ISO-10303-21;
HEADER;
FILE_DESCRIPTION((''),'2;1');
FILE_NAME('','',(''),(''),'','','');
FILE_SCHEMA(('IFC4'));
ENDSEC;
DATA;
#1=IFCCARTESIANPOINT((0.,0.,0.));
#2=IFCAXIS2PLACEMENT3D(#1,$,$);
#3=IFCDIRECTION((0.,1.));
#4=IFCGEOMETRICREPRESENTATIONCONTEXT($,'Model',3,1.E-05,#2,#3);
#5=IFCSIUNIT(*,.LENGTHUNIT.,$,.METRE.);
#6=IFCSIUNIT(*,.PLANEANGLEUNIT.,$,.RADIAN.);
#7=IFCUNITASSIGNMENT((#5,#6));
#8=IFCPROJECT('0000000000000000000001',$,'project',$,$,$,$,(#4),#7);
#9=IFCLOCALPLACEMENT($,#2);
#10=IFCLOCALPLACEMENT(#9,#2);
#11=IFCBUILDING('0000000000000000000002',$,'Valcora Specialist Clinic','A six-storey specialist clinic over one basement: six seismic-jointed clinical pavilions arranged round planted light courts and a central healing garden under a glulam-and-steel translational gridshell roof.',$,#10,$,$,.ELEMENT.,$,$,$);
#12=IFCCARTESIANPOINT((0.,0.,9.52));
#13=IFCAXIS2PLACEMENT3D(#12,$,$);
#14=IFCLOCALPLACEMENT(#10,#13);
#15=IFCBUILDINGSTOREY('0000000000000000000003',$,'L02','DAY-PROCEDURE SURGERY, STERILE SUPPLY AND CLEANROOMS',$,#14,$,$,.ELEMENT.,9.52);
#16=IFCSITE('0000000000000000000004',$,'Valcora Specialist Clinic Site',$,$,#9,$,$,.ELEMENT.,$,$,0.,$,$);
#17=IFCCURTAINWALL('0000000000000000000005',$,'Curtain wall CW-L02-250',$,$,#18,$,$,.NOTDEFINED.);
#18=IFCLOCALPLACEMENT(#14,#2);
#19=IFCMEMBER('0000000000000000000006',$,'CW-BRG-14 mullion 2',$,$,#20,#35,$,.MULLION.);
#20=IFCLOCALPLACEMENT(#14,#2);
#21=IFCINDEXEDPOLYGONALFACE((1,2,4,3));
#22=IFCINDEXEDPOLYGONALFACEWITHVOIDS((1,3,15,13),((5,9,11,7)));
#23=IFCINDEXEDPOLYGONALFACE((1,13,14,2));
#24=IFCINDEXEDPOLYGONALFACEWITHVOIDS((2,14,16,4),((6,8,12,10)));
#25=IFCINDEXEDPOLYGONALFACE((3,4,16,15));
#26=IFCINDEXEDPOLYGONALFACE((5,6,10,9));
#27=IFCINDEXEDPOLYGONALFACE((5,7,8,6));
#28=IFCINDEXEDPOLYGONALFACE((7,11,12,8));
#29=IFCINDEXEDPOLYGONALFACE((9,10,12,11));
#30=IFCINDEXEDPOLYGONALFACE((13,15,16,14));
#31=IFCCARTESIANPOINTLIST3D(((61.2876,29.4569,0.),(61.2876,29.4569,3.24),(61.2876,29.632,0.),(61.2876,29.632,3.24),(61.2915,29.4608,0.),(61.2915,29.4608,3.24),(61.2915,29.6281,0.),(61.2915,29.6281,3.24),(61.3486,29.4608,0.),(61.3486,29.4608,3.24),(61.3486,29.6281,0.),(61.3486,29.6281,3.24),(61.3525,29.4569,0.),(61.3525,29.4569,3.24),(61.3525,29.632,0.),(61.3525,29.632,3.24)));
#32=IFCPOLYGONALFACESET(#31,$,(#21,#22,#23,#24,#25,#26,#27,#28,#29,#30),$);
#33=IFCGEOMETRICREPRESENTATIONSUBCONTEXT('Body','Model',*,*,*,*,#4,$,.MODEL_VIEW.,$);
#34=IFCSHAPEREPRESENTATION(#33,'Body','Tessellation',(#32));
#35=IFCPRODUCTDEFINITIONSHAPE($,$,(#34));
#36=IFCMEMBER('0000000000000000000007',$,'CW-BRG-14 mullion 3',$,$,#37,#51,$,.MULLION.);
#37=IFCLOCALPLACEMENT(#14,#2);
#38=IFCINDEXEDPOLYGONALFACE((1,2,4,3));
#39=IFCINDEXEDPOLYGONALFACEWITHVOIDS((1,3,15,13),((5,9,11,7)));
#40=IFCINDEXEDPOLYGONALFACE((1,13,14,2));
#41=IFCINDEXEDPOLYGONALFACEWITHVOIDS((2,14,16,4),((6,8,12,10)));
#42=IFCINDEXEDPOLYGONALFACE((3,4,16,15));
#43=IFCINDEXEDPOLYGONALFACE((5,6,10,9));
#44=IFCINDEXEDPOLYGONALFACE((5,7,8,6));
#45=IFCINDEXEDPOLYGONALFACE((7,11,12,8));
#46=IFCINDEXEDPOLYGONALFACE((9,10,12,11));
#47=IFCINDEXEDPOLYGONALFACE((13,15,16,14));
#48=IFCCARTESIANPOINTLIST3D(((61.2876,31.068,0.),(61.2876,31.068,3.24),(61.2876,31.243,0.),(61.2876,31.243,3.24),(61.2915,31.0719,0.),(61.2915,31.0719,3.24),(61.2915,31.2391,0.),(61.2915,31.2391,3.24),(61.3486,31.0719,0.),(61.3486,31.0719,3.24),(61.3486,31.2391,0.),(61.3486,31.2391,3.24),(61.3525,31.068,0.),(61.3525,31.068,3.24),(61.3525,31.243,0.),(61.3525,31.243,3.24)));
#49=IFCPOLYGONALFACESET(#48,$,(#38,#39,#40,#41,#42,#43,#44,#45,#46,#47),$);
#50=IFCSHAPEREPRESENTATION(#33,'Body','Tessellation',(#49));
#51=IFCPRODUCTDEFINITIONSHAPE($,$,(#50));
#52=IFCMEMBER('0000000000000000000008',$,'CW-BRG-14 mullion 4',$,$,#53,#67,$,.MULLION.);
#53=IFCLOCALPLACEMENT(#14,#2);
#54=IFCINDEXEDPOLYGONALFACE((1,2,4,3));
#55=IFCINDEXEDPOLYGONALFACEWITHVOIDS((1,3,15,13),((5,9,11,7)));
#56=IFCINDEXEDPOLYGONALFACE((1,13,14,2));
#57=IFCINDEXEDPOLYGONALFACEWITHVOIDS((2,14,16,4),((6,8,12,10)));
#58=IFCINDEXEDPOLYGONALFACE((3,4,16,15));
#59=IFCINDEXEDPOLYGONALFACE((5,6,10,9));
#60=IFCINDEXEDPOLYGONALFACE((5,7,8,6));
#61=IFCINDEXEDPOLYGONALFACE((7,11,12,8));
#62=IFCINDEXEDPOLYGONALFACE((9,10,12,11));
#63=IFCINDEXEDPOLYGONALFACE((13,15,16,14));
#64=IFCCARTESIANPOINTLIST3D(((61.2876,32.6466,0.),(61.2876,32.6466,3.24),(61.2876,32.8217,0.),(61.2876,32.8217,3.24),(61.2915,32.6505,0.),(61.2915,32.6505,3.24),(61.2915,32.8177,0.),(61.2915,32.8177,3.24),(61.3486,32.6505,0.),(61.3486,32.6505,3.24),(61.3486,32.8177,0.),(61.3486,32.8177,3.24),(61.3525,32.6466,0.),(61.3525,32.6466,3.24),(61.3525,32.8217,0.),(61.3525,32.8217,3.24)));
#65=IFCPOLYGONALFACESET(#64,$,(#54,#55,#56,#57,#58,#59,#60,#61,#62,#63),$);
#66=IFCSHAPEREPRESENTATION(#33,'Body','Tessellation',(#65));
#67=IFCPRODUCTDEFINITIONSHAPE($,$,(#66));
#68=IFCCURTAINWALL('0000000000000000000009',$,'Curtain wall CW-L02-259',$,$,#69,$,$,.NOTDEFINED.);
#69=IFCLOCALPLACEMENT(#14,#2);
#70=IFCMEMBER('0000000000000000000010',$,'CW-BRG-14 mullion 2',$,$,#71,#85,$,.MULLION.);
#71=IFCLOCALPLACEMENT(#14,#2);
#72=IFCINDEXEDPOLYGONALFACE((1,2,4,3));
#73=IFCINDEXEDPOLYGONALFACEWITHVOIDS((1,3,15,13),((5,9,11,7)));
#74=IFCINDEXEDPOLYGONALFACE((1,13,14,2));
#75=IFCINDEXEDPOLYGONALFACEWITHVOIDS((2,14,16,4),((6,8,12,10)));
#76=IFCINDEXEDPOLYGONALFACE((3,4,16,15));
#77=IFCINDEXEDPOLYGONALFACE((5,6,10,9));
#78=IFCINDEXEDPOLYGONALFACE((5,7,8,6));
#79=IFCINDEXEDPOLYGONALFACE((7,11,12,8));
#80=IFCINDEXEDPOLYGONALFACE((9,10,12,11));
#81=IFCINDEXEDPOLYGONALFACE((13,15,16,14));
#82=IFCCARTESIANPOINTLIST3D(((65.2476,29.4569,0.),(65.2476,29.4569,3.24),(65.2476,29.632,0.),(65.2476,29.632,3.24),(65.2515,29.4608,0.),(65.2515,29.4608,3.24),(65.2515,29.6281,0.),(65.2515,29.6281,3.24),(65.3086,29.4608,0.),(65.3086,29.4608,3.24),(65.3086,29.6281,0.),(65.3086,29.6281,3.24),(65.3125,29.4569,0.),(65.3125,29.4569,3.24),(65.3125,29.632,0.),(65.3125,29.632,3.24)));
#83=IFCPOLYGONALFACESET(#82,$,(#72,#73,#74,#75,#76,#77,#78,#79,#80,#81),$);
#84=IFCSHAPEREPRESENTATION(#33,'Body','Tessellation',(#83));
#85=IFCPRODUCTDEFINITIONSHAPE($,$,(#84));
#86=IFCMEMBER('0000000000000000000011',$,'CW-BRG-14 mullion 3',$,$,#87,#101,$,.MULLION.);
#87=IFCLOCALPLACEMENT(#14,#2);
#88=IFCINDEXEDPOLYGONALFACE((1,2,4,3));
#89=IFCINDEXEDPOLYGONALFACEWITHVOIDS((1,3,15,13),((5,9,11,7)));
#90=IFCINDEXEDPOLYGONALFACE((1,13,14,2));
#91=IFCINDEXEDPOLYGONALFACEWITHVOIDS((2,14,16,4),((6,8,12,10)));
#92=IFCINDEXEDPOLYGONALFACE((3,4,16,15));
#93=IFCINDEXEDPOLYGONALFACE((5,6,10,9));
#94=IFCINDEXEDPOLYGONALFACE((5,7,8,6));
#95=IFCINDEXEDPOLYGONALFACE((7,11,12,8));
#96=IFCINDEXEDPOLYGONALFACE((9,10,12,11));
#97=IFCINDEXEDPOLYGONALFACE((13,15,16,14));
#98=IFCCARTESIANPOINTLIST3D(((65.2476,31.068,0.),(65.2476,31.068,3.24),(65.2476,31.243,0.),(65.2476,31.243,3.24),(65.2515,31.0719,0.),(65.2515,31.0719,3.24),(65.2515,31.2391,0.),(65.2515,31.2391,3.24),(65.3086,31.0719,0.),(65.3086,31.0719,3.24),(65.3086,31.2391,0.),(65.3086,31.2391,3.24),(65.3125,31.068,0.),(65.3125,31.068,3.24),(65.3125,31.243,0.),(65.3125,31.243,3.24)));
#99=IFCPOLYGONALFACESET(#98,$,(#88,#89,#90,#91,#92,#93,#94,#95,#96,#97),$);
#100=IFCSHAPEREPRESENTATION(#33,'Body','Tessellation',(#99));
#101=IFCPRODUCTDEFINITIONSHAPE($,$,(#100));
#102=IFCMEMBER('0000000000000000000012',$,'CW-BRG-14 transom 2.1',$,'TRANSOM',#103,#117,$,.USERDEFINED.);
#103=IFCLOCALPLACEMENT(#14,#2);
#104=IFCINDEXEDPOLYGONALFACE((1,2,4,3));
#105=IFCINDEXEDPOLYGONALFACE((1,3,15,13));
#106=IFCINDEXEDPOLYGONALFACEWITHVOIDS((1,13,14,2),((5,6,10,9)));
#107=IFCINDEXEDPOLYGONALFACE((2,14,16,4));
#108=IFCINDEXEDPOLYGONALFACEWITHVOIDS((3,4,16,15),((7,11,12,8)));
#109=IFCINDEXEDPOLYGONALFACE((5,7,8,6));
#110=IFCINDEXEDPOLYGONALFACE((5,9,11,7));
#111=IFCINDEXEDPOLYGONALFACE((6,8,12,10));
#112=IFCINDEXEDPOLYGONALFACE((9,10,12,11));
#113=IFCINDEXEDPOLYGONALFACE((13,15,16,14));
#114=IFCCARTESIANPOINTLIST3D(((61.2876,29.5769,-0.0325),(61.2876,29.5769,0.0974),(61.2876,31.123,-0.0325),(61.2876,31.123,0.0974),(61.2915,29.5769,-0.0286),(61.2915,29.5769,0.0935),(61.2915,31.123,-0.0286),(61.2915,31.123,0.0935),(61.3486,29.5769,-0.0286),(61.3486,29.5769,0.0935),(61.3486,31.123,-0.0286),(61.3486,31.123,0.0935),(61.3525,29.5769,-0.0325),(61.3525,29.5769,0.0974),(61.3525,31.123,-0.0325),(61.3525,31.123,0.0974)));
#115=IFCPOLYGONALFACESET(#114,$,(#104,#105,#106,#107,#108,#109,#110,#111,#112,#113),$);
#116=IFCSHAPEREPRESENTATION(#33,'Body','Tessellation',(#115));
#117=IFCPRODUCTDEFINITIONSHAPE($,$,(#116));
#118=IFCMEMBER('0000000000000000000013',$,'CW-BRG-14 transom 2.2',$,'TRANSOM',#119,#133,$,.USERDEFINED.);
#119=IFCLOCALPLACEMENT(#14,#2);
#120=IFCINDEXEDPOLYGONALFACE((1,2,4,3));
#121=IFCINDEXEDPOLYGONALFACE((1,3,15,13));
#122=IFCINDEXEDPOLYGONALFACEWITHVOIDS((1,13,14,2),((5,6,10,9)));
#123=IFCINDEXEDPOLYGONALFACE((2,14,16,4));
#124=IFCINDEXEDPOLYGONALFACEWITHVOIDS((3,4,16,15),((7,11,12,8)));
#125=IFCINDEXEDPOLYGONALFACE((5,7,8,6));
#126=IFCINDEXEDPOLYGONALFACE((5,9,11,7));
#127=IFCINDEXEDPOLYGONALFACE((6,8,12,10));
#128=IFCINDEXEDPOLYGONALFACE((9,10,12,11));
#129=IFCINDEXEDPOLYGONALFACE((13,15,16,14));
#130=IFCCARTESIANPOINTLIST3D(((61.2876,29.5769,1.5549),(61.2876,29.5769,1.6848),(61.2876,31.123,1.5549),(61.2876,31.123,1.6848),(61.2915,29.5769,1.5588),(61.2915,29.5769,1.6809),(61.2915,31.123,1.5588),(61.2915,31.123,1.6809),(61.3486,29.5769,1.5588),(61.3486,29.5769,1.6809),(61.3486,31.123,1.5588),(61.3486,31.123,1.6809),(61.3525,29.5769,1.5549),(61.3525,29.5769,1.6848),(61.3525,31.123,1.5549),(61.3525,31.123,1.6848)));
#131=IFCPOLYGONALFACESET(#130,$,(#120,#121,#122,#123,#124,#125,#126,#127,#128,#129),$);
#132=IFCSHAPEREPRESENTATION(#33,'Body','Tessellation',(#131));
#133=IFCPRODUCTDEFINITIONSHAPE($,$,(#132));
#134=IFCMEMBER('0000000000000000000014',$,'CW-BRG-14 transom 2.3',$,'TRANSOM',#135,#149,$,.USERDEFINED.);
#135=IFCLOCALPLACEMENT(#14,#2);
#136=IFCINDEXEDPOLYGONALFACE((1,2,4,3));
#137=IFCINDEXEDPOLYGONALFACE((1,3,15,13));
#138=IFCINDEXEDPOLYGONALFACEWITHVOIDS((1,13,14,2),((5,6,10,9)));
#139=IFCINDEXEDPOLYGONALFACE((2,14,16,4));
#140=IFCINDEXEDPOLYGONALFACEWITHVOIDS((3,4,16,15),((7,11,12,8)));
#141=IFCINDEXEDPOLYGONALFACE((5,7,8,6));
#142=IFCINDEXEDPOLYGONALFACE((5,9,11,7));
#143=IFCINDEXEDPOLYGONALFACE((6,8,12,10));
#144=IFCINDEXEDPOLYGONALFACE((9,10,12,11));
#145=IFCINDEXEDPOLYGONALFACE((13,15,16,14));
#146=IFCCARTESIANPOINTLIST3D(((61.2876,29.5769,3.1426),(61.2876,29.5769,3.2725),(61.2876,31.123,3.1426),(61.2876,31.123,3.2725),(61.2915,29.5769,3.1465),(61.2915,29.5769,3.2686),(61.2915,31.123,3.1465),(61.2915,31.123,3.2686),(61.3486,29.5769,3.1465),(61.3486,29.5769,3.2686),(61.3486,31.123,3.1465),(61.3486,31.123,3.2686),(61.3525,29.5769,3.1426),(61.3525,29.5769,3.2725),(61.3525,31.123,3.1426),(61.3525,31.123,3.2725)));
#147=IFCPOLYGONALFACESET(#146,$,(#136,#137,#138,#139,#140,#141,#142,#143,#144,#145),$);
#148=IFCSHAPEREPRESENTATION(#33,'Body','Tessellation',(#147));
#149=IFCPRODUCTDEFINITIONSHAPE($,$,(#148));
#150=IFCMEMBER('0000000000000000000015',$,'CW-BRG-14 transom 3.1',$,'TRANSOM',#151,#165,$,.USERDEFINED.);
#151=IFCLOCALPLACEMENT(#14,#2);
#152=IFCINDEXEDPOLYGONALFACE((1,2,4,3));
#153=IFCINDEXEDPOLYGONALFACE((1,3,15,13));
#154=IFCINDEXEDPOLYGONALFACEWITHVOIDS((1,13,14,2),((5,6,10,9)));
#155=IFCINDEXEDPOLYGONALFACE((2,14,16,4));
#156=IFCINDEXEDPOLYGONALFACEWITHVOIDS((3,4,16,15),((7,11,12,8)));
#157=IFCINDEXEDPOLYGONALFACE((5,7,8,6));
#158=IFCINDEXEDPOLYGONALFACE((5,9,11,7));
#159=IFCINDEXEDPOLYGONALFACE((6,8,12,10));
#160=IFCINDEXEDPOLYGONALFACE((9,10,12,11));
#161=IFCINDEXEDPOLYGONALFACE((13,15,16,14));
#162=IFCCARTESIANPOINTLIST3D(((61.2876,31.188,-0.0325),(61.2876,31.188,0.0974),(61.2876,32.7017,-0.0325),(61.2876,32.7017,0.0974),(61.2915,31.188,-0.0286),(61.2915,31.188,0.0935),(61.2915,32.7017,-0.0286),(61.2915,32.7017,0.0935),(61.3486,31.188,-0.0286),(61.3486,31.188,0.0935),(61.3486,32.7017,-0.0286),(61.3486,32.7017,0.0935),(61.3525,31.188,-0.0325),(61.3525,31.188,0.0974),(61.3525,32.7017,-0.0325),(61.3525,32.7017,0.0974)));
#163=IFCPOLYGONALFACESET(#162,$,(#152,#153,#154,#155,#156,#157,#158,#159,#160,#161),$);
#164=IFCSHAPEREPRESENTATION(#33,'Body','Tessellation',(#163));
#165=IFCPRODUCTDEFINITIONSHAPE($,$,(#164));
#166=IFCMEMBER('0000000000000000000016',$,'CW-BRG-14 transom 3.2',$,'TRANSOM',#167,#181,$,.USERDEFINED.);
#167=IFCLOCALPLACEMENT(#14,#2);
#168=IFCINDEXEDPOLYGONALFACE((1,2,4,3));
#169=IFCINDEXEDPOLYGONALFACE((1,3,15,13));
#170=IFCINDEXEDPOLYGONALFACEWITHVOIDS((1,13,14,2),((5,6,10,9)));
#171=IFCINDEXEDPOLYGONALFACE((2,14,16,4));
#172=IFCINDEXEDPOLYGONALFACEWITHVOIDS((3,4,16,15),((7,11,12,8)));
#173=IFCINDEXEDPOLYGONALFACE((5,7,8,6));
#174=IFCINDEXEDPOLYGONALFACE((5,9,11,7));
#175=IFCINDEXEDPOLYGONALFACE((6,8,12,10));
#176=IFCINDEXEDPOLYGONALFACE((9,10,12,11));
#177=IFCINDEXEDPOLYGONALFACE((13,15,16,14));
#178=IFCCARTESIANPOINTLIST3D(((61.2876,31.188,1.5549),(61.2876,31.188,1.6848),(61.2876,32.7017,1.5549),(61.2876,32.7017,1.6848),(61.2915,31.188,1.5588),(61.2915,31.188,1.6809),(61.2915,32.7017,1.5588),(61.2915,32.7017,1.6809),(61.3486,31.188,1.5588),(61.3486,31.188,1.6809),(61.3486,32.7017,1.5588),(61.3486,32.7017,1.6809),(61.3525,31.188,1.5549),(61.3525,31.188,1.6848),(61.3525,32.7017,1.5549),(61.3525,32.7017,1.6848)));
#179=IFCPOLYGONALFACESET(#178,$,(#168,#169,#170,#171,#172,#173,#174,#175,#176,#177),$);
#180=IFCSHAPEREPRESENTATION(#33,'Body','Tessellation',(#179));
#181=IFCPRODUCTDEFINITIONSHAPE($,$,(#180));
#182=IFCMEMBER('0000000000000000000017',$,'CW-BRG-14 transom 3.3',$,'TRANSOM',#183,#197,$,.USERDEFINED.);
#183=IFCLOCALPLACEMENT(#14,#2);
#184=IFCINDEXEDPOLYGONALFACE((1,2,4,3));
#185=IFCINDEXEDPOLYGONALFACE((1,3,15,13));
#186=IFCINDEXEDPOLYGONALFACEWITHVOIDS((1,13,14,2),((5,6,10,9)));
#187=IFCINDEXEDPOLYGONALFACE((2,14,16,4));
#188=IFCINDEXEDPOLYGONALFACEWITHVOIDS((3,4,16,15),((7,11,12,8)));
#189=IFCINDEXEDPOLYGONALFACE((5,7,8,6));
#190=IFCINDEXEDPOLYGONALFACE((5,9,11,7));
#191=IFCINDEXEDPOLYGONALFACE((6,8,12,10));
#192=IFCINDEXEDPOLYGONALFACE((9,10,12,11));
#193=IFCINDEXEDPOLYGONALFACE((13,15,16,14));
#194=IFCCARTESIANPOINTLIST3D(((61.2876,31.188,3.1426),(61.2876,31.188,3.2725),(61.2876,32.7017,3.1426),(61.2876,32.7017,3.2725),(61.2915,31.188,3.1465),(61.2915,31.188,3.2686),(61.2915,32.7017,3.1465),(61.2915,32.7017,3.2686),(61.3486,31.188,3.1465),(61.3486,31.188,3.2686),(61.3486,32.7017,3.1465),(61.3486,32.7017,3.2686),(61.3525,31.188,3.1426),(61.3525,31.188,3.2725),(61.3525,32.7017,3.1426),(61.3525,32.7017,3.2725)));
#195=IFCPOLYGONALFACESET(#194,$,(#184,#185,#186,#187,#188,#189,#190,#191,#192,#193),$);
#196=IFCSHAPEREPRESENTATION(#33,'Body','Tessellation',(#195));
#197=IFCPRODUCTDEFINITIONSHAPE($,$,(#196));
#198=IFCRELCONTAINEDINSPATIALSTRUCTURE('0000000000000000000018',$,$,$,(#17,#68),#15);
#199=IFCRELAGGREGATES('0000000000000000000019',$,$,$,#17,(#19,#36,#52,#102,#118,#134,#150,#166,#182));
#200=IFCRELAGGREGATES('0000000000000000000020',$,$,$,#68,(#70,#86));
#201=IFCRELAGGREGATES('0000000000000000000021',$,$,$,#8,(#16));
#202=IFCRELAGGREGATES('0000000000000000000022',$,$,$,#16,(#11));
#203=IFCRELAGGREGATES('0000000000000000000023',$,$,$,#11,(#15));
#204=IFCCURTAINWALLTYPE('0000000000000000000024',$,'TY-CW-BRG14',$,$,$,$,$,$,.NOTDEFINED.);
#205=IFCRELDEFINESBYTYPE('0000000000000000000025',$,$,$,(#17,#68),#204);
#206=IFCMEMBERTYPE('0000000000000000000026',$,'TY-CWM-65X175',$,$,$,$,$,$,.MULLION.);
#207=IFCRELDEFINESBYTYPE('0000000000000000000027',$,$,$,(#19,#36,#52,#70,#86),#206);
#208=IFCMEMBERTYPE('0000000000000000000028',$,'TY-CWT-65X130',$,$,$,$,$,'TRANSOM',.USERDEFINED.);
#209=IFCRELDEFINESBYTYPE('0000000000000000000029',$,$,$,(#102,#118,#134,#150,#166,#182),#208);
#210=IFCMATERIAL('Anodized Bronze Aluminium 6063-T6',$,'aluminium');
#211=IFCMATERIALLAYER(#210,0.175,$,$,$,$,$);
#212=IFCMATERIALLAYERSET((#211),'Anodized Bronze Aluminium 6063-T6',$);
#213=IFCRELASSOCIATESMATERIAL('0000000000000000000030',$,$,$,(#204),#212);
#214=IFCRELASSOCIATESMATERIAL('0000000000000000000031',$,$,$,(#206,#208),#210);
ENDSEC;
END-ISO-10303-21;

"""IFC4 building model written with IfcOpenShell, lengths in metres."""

from ifc_helpers import new_model, si_unit, direction, frame, origin, origin_2d, place, context, subcontext, project, spatial, hollow_rectangle, extrude, material, layer, layer_set, material_profile, profile_set, type_object, element, aggregate, save


model = new_model("IFC4")

# Units and contexts
model_context = context("Model", 3, precision=1e-05, world=origin(), true_north=direction((0.0, 1.0)))
body_context = subcontext(model_context, "Body", "Model", "MODEL_VIEW")
ifc_project = project(units=[si_unit("LENGTHUNIT", "METRE"), si_unit("PLANEANGLEUNIT", "RADIAN")], contexts=[model_context])

# Site, building, storey
site_placement = place(None, origin())
site = spatial("IfcSite", under=ifc_project, at=site_placement, Name="Valcora Specialist Clinic Site", CompositionType="ELEMENT", RefElevation=0.0)
building_placement = place(site_placement, origin())
building = spatial("IfcBuilding", under=site, at=building_placement, Name="Valcora Specialist Clinic", Description="A six-storey specialist clinic over one basement: six seismic-jointed clinical pavilions arranged round planted light courts and a central healing garden under a glulam-and-steel translational gridshell roof.", CompositionType="ELEMENT")
storey_placement = place(building_placement, frame((0.0, 0.0, 9.52)))
storey = spatial("IfcBuildingStorey", under=building, at=storey_placement, Name="L02", Description="DAY-PROCEDURE SURGERY, STERILE SUPPLY AND CLEANROOMS", CompositionType="ELEMENT", Elevation=9.52)

# Curtain walls, members
ifc_material_1 = material(Name="Anodized Bronze Aluminium 6063-T6", Category="aluminium")
ifc_layer_1 = layer(ifc_material_1, 0.175)
ifc_layer_set_1 = layer_set([ifc_layer_1], Name="Anodized Bronze Aluminium 6063-T6")
curtain_wall_type = type_object("IfcCurtainWallType", Name="TY-CW-BRG14", PredefinedType="NOTDEFINED", material=ifc_layer_set_1)
curtain_wall_1_placement = place(storey_placement, origin())
curtain_wall_1 = element("IfcCurtainWall", 1, at=curtain_wall_1_placement, inside=storey, type_object=curtain_wall_type, Name="Curtain wall CW-L02-250", PredefinedType="NOTDEFINED")
ifc_material_profile_1 = material_profile(ifc_material_1, hollow_rectangle(XDim=0.0649, YDim=0.175, WallThickness=0.0039, at=origin_2d()), Name="AL-MUL-65X175")
ifc_profile_set_1 = profile_set([ifc_material_profile_1], Name="Anodized Bronze Aluminium 6063-T6")
member_type_1 = type_object("IfcMemberType", Name="TY-CWM-65X175", PredefinedType="MULLION", material=ifc_profile_set_1)
member_1_placement = place(storey_placement, frame((61.3201, 29.5444, 0.0), z_axis=(0.0, 0.0, 1.0), x_axis=(-1.0, 0.0, 0.0)))
member_1 = element("IfcMember", 2, at=member_1_placement, type_object=member_type_1, Name="CW-BRG-14 mullion 2", PredefinedType="MULLION", context=body_context, shape_type="SweptSolid", body=[
    extrude(hollow_rectangle(XDim=0.0649, YDim=0.175, WallThickness=0.0039, at=origin_2d()), origin(), (0.0, 0.0, 1.0), 3.24),
])
member_2_placement = place(storey_placement, frame((61.3201, 31.1555, 0.0), z_axis=(0.0, 0.0, 1.0), x_axis=(-1.0, 0.0, 0.0)))
member_2 = element("IfcMember", 3, at=member_2_placement, type_object=member_type_1, Name="CW-BRG-14 mullion 3", PredefinedType="MULLION", context=body_context, shape_type="SweptSolid", body=[
    extrude(hollow_rectangle(XDim=0.0649, YDim=0.175, WallThickness=0.0039, at=origin_2d()), origin(), (0.0, 0.0, 1.0), 3.24),
])
member_3_placement = place(storey_placement, frame((61.3201, 32.7341, 0.0), z_axis=(0.0, 0.0, 1.0), x_axis=(-1.0, 0.0, 0.0)))
member_3 = element("IfcMember", 4, at=member_3_placement, type_object=member_type_1, Name="CW-BRG-14 mullion 4", PredefinedType="MULLION", context=body_context, shape_type="SweptSolid", body=[
    extrude(hollow_rectangle(XDim=0.0649, YDim=0.175, WallThickness=0.0039, at=origin_2d()), origin(), (0.0, 0.0, 1.0), 3.24),
])
curtain_wall_2_placement = place(storey_placement, origin())
curtain_wall_2 = element("IfcCurtainWall", 5, at=curtain_wall_2_placement, inside=storey, type_object=curtain_wall_type, Name="Curtain wall CW-L02-259", PredefinedType="NOTDEFINED")
member_4_placement = place(storey_placement, frame((65.28, 29.5444, 0.0), z_axis=(0.0, 0.0, 1.0), x_axis=(-1.0, 0.0, 0.0)))
member_4 = element("IfcMember", 6, at=member_4_placement, type_object=member_type_1, Name="CW-BRG-14 mullion 2", PredefinedType="MULLION", context=body_context, shape_type="SweptSolid", body=[
    extrude(hollow_rectangle(XDim=0.0649, YDim=0.175, WallThickness=0.0039, at=origin_2d()), origin(), (0.0, 0.0, 1.0), 3.24),
])
member_5_placement = place(storey_placement, frame((65.28, 31.1555, 0.0), z_axis=(0.0, 0.0, 1.0), x_axis=(-1.0, 0.0, 0.0)))
member_5 = element("IfcMember", 7, at=member_5_placement, type_object=member_type_1, Name="CW-BRG-14 mullion 3", PredefinedType="MULLION", context=body_context, shape_type="SweptSolid", body=[
    extrude(hollow_rectangle(XDim=0.0649, YDim=0.175, WallThickness=0.0039, at=origin_2d()), origin(), (0.0, 0.0, 1.0), 3.24),
])

# Members
ifc_material_profile_2 = material_profile(ifc_material_1, hollow_rectangle(XDim=0.0649, YDim=0.1299, WallThickness=0.0039, at=origin_2d()), Name="AL-TRN-65X130")
ifc_profile_set_2 = profile_set([ifc_material_profile_2], Name="Anodized Bronze Aluminium 6063-T6")
member_type_2 = type_object("IfcMemberType", Name="TY-CWT-65X130", ElementType="TRANSOM", PredefinedType="USERDEFINED", material=ifc_profile_set_2)
member_6_placement = place(storey_placement, frame((61.3201, 29.5769, 0.0325), z_axis=(0.0, 1.0, 0.0), x_axis=(-1.0, 0.0, 0.0)))
member_6 = element("IfcMember", 8, at=member_6_placement, type_object=member_type_2, Name="CW-BRG-14 transom 2.1", ObjectType="TRANSOM", PredefinedType="USERDEFINED", context=body_context, shape_type="SweptSolid", body=[
    extrude(hollow_rectangle(XDim=0.0649, YDim=0.1299, WallThickness=0.0039, at=origin_2d()), origin(), (0.0, 0.0, 1.0), 1.5461),
])
member_7_placement = place(storey_placement, frame((61.3201, 29.5769, 1.6199), z_axis=(0.0, 1.0, 0.0), x_axis=(-1.0, 0.0, 0.0)))
member_7 = element("IfcMember", 9, at=member_7_placement, type_object=member_type_2, Name="CW-BRG-14 transom 2.2", ObjectType="TRANSOM", PredefinedType="USERDEFINED", context=body_context, shape_type="SweptSolid", body=[
    extrude(hollow_rectangle(XDim=0.0649, YDim=0.1299, WallThickness=0.0039, at=origin_2d()), origin(), (0.0, 0.0, 1.0), 1.5461),
])
member_8_placement = place(storey_placement, frame((61.3201, 29.5769, 3.2075), z_axis=(0.0, 1.0, 0.0), x_axis=(-1.0, 0.0, 0.0)))
member_8 = element("IfcMember", 10, at=member_8_placement, type_object=member_type_2, Name="CW-BRG-14 transom 2.3", ObjectType="TRANSOM", PredefinedType="USERDEFINED", context=body_context, shape_type="SweptSolid", body=[
    extrude(hollow_rectangle(XDim=0.0649, YDim=0.1299, WallThickness=0.0039, at=origin_2d()), origin(), (0.0, 0.0, 1.0), 1.5461),
])
member_9_placement = place(storey_placement, frame((61.3201, 31.188, 0.0325), z_axis=(0.0, 1.0, 0.0), x_axis=(-1.0, 0.0, 0.0)))
member_9 = element("IfcMember", 11, at=member_9_placement, type_object=member_type_2, Name="CW-BRG-14 transom 3.1", ObjectType="TRANSOM", PredefinedType="USERDEFINED", context=body_context, shape_type="SweptSolid", body=[
    extrude(hollow_rectangle(XDim=0.0649, YDim=0.1299, WallThickness=0.0039, at=origin_2d()), origin(), (0.0, 0.0, 1.0), 1.5137),
])
member_10_placement = place(storey_placement, frame((61.3201, 31.188, 1.6199), z_axis=(0.0, 1.0, 0.0), x_axis=(-1.0, 0.0, 0.0)))
member_10 = element("IfcMember", 12, at=member_10_placement, type_object=member_type_2, Name="CW-BRG-14 transom 3.2", ObjectType="TRANSOM", PredefinedType="USERDEFINED", context=body_context, shape_type="SweptSolid", body=[
    extrude(hollow_rectangle(XDim=0.0649, YDim=0.1299, WallThickness=0.0039, at=origin_2d()), origin(), (0.0, 0.0, 1.0), 1.5137),
])
member_11_placement = place(storey_placement, frame((61.3201, 31.188, 3.2075), z_axis=(0.0, 1.0, 0.0), x_axis=(-1.0, 0.0, 0.0)))
member_11 = element("IfcMember", 13, at=member_11_placement, type_object=member_type_2, Name="CW-BRG-14 transom 3.3", ObjectType="TRANSOM", PredefinedType="USERDEFINED", context=body_context, shape_type="SweptSolid", body=[
    extrude(hollow_rectangle(XDim=0.0649, YDim=0.1299, WallThickness=0.0039, at=origin_2d()), origin(), (0.0, 0.0, 1.0), 1.5137),
])

aggregate(curtain_wall_1, [member_1, member_2, member_3, member_6, member_7, member_8, member_9, member_10, member_11])
aggregate(curtain_wall_2, [member_4, member_5])

save(model, "model.ifc")
